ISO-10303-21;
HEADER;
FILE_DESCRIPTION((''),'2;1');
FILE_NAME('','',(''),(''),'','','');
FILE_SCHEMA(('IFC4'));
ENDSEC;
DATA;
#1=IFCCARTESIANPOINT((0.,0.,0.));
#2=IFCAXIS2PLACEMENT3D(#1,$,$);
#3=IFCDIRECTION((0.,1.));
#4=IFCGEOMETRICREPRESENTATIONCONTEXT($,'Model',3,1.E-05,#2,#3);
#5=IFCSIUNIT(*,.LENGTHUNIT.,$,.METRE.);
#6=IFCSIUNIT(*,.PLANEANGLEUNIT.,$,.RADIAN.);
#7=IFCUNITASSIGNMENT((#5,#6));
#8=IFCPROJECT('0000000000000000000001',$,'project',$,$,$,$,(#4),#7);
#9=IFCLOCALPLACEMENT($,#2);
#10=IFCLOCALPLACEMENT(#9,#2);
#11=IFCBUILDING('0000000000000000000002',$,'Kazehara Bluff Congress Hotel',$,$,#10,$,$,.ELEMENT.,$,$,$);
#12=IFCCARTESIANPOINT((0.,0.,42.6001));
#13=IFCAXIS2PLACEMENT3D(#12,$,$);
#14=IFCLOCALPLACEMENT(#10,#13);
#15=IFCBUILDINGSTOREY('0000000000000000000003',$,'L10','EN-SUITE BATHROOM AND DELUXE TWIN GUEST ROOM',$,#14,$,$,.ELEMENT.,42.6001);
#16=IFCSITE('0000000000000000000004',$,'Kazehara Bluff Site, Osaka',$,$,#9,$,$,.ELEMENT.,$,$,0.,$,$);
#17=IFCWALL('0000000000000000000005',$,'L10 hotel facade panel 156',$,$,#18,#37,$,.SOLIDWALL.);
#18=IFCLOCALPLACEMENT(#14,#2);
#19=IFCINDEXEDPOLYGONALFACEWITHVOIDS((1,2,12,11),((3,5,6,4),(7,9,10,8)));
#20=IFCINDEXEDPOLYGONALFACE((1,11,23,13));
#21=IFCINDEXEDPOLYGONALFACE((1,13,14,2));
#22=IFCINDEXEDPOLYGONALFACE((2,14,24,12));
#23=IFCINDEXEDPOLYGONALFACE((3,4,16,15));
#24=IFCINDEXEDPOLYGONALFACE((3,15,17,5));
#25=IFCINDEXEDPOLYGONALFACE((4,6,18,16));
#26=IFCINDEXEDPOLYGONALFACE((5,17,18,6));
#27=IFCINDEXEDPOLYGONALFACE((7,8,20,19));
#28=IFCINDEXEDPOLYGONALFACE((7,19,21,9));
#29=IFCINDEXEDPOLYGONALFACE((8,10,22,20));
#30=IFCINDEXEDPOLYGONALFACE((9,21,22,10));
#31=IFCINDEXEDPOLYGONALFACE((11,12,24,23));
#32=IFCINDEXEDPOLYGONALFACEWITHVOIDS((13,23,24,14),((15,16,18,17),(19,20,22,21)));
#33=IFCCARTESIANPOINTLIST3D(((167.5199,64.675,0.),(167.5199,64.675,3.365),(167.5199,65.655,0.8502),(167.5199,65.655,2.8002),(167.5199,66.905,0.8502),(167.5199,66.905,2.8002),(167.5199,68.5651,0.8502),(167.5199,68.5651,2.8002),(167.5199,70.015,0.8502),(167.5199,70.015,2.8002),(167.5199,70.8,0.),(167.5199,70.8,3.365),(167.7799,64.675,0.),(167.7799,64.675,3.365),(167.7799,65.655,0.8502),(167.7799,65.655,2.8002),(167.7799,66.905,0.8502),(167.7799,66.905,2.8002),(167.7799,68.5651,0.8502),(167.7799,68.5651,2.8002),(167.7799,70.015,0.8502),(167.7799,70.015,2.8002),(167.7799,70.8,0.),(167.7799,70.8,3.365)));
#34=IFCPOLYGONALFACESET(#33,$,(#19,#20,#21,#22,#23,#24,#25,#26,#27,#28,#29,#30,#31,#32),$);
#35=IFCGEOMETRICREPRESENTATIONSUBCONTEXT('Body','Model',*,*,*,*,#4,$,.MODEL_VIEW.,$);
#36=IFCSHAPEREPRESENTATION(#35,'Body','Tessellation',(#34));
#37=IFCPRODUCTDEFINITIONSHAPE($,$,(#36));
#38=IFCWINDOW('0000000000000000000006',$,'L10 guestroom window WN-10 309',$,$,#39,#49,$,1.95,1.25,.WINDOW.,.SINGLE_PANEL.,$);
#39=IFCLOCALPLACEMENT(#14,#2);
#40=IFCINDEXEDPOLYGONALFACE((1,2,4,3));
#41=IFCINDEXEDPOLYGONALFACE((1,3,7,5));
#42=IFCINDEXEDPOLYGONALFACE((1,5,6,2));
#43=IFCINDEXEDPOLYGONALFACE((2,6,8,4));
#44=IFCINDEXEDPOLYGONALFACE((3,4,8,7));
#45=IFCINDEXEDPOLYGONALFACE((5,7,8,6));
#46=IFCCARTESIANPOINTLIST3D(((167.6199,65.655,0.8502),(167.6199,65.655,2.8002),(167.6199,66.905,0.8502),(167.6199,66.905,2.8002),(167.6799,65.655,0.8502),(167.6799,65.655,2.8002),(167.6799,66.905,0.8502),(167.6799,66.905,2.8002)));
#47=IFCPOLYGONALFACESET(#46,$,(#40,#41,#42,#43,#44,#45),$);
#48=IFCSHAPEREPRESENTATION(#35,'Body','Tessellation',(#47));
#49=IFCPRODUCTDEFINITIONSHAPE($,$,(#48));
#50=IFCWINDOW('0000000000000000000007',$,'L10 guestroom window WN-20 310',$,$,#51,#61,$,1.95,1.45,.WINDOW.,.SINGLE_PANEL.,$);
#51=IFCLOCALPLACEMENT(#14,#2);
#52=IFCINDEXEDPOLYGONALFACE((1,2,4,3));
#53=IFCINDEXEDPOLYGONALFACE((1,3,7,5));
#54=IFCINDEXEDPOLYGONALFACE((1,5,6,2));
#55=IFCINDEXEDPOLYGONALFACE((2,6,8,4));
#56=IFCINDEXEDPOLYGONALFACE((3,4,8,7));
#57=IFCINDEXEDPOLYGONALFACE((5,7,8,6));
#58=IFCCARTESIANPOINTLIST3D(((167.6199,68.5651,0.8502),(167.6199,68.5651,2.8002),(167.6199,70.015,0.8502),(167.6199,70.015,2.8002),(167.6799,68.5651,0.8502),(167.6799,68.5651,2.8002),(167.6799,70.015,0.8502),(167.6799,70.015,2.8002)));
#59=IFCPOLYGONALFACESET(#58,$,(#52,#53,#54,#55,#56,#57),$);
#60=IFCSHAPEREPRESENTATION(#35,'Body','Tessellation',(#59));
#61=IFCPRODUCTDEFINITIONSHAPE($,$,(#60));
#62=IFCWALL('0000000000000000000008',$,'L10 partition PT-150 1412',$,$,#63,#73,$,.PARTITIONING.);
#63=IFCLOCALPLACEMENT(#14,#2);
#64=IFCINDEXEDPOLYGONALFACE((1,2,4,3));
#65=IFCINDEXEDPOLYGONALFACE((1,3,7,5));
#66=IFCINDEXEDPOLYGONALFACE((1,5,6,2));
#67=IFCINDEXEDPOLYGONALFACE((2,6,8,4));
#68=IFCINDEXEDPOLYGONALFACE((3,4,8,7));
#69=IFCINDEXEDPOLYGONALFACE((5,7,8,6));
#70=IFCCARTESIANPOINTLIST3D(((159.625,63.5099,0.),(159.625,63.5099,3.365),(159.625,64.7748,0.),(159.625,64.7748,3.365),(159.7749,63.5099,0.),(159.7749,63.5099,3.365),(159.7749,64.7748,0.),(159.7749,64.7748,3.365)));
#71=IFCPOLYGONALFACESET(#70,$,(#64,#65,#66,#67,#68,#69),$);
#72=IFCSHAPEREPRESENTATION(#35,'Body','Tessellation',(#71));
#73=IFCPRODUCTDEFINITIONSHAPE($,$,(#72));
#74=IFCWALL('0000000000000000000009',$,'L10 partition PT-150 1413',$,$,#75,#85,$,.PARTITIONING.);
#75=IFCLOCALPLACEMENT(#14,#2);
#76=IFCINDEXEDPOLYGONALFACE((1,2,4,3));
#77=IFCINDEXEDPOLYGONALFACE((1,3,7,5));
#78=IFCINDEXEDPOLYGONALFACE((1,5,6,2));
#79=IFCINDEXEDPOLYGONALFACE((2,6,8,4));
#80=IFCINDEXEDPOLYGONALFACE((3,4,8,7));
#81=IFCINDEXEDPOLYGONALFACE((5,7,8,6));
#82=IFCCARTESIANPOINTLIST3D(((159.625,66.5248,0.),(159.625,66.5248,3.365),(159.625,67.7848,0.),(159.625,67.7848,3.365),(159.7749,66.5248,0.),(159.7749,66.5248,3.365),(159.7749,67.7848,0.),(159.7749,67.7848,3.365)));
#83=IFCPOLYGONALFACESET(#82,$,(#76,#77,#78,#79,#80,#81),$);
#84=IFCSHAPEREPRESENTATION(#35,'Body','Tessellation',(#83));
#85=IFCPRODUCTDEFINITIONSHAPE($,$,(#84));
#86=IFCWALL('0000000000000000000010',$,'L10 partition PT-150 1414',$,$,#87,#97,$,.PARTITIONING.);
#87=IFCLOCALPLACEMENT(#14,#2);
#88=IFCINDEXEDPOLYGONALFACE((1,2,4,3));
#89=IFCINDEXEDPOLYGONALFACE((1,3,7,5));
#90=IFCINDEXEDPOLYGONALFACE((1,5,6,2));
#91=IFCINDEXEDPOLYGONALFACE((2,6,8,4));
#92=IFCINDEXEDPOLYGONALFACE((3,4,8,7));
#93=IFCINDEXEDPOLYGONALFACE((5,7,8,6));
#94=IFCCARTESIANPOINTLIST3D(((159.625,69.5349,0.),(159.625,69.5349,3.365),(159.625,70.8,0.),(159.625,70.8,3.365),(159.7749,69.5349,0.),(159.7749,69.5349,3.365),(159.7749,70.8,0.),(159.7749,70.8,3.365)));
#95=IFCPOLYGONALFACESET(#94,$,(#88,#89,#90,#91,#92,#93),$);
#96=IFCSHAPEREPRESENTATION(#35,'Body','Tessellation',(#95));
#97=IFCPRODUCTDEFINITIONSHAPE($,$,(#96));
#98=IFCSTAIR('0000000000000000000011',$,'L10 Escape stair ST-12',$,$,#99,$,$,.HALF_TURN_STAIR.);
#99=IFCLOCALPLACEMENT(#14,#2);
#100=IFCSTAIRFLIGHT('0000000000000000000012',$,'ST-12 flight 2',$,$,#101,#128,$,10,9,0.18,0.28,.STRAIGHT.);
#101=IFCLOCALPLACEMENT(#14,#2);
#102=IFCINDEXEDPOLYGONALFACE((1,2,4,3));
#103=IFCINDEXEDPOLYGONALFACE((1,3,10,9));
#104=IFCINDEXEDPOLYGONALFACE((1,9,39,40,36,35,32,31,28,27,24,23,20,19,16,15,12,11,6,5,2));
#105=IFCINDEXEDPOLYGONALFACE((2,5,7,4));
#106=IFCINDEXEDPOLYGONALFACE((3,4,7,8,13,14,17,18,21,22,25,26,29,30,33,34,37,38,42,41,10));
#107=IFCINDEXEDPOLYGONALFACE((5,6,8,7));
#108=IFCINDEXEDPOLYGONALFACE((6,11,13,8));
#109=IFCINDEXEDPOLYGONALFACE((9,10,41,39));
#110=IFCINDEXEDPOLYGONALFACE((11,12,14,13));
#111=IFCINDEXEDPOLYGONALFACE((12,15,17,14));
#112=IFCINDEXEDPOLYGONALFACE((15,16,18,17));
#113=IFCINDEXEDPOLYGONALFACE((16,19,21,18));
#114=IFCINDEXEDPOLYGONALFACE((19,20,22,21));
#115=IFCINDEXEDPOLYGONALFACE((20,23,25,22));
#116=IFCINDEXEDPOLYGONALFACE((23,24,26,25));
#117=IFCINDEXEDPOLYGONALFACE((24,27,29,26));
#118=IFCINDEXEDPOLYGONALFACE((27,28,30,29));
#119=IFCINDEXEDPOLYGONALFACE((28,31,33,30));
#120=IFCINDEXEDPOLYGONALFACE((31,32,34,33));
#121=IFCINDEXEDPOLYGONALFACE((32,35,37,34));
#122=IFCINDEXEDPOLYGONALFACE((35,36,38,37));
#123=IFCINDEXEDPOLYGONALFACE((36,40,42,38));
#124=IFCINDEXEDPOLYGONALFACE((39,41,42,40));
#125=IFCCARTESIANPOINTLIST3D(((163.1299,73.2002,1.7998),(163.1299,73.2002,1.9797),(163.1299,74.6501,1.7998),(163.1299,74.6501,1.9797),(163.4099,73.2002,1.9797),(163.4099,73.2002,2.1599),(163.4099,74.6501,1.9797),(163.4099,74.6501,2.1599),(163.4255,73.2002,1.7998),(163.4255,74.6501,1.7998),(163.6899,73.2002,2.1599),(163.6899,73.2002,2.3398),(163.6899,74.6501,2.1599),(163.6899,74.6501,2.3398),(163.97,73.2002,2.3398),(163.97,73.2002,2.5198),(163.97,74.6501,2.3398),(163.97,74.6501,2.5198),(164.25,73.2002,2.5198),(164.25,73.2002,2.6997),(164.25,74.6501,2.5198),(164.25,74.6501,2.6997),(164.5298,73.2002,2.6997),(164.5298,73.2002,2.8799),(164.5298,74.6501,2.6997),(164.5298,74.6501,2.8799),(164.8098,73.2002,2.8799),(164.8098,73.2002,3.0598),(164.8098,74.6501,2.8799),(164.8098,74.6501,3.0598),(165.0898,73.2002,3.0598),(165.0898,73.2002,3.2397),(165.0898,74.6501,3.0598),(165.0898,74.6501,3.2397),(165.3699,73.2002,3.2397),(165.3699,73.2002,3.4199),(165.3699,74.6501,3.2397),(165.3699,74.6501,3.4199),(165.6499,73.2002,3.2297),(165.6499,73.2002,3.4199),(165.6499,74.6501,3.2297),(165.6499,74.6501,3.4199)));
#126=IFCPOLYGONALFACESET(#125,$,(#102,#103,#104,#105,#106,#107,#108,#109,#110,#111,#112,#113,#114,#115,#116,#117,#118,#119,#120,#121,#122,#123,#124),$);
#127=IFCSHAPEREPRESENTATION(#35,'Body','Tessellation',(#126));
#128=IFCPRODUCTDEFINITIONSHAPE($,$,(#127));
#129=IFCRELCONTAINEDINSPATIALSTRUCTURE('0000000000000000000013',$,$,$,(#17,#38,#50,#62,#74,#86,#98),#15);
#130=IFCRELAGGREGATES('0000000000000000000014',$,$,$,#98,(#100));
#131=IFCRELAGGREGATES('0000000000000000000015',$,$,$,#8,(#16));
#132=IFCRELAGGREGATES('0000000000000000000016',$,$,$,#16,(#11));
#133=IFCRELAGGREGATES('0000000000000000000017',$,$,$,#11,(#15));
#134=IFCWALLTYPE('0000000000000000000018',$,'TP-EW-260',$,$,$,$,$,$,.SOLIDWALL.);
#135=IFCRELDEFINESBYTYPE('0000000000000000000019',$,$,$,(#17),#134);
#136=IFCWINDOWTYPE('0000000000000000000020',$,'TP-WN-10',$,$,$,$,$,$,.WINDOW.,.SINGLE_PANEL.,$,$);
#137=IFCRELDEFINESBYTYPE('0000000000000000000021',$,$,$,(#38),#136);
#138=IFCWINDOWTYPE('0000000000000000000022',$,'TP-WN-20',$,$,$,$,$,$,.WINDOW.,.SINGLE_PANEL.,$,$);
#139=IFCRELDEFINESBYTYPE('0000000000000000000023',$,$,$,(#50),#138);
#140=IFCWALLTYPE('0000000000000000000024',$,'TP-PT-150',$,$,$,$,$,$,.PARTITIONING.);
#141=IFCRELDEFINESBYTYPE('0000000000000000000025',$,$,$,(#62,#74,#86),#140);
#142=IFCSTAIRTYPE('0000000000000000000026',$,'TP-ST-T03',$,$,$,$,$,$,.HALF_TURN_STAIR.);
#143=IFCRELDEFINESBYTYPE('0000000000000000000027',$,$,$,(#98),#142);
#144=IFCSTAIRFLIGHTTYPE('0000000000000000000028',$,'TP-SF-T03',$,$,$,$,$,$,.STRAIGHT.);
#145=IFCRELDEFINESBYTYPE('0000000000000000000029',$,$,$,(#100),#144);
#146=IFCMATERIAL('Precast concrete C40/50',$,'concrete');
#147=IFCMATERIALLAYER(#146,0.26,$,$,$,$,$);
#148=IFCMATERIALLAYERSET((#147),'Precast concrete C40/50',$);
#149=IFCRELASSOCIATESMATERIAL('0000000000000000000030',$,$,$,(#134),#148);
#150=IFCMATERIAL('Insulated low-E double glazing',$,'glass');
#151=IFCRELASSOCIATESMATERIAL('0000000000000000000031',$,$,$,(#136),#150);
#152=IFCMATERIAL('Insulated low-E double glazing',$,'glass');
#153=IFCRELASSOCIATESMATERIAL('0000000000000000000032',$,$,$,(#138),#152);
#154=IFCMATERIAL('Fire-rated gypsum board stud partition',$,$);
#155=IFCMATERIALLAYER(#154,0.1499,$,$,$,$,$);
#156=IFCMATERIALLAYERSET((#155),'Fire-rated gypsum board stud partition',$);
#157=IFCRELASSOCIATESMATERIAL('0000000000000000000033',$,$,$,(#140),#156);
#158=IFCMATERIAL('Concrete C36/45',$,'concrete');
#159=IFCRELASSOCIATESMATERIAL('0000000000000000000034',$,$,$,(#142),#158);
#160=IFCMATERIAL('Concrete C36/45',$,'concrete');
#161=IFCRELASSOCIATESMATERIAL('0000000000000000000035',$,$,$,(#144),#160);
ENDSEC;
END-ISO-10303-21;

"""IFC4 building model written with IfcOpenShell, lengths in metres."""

from ifc_helpers import new_model, si_unit, direction, frame, frame_2d, origin, place, context, subcontext, project, spatial, polyline, rectangle, outline, extrude, material, layer, layer_set, type_object, element, fill, aggregate, save


model = new_model("IFC4")

# Units and contexts
model_context = context("Model", 3, precision=1e-05, world=origin(), true_north=direction((0.0, 1.0)))
body_context = subcontext(model_context, "Body", "Model", "MODEL_VIEW")
ifc_project = project(units=[si_unit("LENGTHUNIT", "METRE"), si_unit("PLANEANGLEUNIT", "RADIAN")], contexts=[model_context])

# Site, building, storey
site_placement = place(None, origin())
site = spatial("IfcSite", under=ifc_project, at=site_placement, Name="Kazehara Bluff Site, Osaka", CompositionType="ELEMENT", RefElevation=0.0)
building_placement = place(site_placement, origin())
building = spatial("IfcBuilding", under=site, at=building_placement, Name="Kazehara Bluff Congress Hotel", CompositionType="ELEMENT")
storey_placement = place(building_placement, frame((0.0, 0.0, 42.6001)))
storey = spatial("IfcBuildingStorey", under=building, at=storey_placement, Name="L10", Description="EN-SUITE BATHROOM AND DELUXE TWIN GUEST ROOM", CompositionType="ELEMENT", Elevation=42.6001)

# Wall, openings, windows
ifc_material_1 = material(Name="Precast concrete C40/50", Category="concrete")
ifc_layer_1 = layer(ifc_material_1, 0.26)
ifc_layer_set_1 = layer_set([ifc_layer_1], Name="Precast concrete C40/50")
wall_type_1 = type_object("IfcWallType", Name="TP-EW-260", PredefinedType="SOLIDWALL", material=ifc_layer_set_1)
wall_1_placement = place(storey_placement, frame((167.6499, 70.8, 0.0), z_axis=(0.0, 0.0, 1.0), x_axis=(0.0, -1.0, 0.0)))
wall_1 = element("IfcWall", 1, at=wall_1_placement, inside=storey, type_object=wall_type_1, Name="L10 hotel facade panel 156", PredefinedType="SOLIDWALL", context=body_context, shape_type="SweptSolid", body=[
    extrude(rectangle(XDim=6.125, YDim=0.26, at=frame_2d((3.0625, 0.0))), origin(), (0.0, 0.0, 1.0), 3.365),
])
opening_1_placement = place(wall_1_placement, frame((3.895, 0.0, 0.8501)))
opening_1 = element("IfcOpeningElement", 2, at=opening_1_placement, cuts=wall_1, PredefinedType="OPENING", context=body_context, shape_type="SweptSolid", body=[
    extrude(rectangle(XDim=1.25, YDim=1.95, at=frame_2d((0.625, 0.9751))), frame((0.0, 0.1399, 0.0), z_axis=(0.0, -1.0, 0.0), x_axis=(1.0, 0.0, 0.0)), (0.0, 0.0, 1.0), 0.28),
])
opening_2_placement = place(wall_1_placement, frame((0.7849, 0.0, 0.8501)))
opening_2 = element("IfcOpeningElement", 3, at=opening_2_placement, cuts=wall_1, PredefinedType="OPENING", context=body_context, shape_type="SweptSolid", body=[
    extrude(rectangle(XDim=1.45, YDim=1.95, at=frame_2d((0.7251, 0.9751))), frame((0.0, 0.1399, 0.0), z_axis=(0.0, -1.0, 0.0), x_axis=(1.0, 0.0, 0.0)), (0.0, 0.0, 1.0), 0.28),
])
ifc_material_2 = material(Name="Insulated low-E double glazing", Category="glass")
window_type_1 = type_object("IfcWindowType", Name="TP-WN-10", PartitioningType="SINGLE_PANEL", PredefinedType="WINDOW", material=ifc_material_2)
window_1_placement = place(opening_1_placement, origin())
window_1 = element("IfcWindow", 4, at=window_1_placement, inside=storey, type_object=window_type_1, Name="L10 guestroom window WN-10 309", OverallHeight=1.95, OverallWidth=1.25, PartitioningType="SINGLE_PANEL", PredefinedType="WINDOW", context=body_context, shape_type="SweptSolid", body=[
    extrude(rectangle(XDim=1.25, YDim=1.95, at=frame_2d((0.625, 0.9751))), frame((0.0, 0.03, 0.0), z_axis=(0.0, -1.0, 0.0), x_axis=(1.0, 0.0, 0.0)), (0.0, 0.0, 1.0), 0.0601),
])
fill(opening_1, window_1)
ifc_material_3 = material(Name="Insulated low-E double glazing", Category="glass")
window_type_2 = type_object("IfcWindowType", Name="TP-WN-20", PartitioningType="SINGLE_PANEL", PredefinedType="WINDOW", material=ifc_material_3)
window_2_placement = place(opening_2_placement, origin())
window_2 = element("IfcWindow", 5, at=window_2_placement, inside=storey, type_object=window_type_2, Name="L10 guestroom window WN-20 310", OverallHeight=1.95, OverallWidth=1.45, PartitioningType="SINGLE_PANEL", PredefinedType="WINDOW", context=body_context, shape_type="SweptSolid", body=[
    extrude(rectangle(XDim=1.45, YDim=1.95, at=frame_2d((0.7251, 0.9751))), frame((0.0, 0.03, 0.0), z_axis=(0.0, -1.0, 0.0), x_axis=(1.0, 0.0, 0.0)), (0.0, 0.0, 1.0), 0.0601),
])
fill(opening_2, window_2)

# Walls
ifc_material_4 = material(Name="Fire-rated gypsum board stud partition")
ifc_layer_2 = layer(ifc_material_4, 0.1499)
ifc_layer_set_2 = layer_set([ifc_layer_2], Name="Fire-rated gypsum board stud partition")
wall_type_2 = type_object("IfcWallType", Name="TP-PT-150", PredefinedType="PARTITIONING", material=ifc_layer_set_2)
wall_2_placement = place(storey_placement, frame((159.7, 63.51, 0.0), z_axis=(0.0, 0.0, 1.0), x_axis=(0.0, 1.0, 0.0)))
element("IfcWall", 6, at=wall_2_placement, inside=storey, type_object=wall_type_2, Name="L10 partition PT-150 1412", PredefinedType="PARTITIONING", context=body_context, shape_type="SweptSolid", body=[
    extrude(rectangle(XDim=1.2649, YDim=0.1499, at=frame_2d((0.6323, 0.0))), origin(), (0.0, 0.0, 1.0), 3.365),
])
wall_3_placement = place(storey_placement, frame((159.7, 66.5249, 0.0), z_axis=(0.0, 0.0, 1.0), x_axis=(0.0, 1.0, 0.0)))
element("IfcWall", 7, at=wall_3_placement, inside=storey, type_object=wall_type_2, Name="L10 partition PT-150 1413", PredefinedType="PARTITIONING", context=body_context, shape_type="SweptSolid", body=[
    extrude(rectangle(XDim=1.26, YDim=0.1499, at=frame_2d((0.6299, 0.0))), origin(), (0.0, 0.0, 1.0), 3.365),
])
wall_4_placement = place(storey_placement, frame((159.7, 69.5349, 0.0), z_axis=(0.0, 0.0, 1.0), x_axis=(0.0, 1.0, 0.0)))
element("IfcWall", 8, at=wall_4_placement, inside=storey, type_object=wall_type_2, Name="L10 partition PT-150 1414", PredefinedType="PARTITIONING", context=body_context, shape_type="SweptSolid", body=[
    extrude(rectangle(XDim=1.2651, YDim=0.1499, at=frame_2d((0.6326, 0.0))), origin(), (0.0, 0.0, 1.0), 3.365),
])

# Stair, stair flight
ifc_material_5 = material(Name="Concrete C36/45", Category="concrete")
stair_type = type_object("IfcStairType", Name="TP-ST-T03", PredefinedType="HALF_TURN_STAIR", material=ifc_material_5)
stair_placement = place(storey_placement, origin())
stair = element("IfcStair", 9, at=stair_placement, inside=storey, type_object=stair_type, Name="L10 Escape stair ST-12", PredefinedType="HALF_TURN_STAIR")
ifc_material_6 = material(Name="Concrete C36/45", Category="concrete")
stair_flight_type = type_object("IfcStairFlightType", Name="TP-SF-T03", PredefinedType="STRAIGHT", material=ifc_material_6)
stair_flight_placement = place(storey_placement, frame((163.1299, 73.925, 1.7998), z_axis=(0.0, 0.0, 1.0), x_axis=(1.0, 0.0, 0.0)))
stair_flight = element("IfcStairFlight", 10, at=stair_flight_placement, type_object=stair_flight_type, Name="ST-12 flight 2", NumberOfRisers=10, NumberOfTreads=9, PredefinedType="STRAIGHT", RiserHeight=0.18, TreadLength=0.28, context=body_context, shape_type="SweptSolid", body=[
    extrude(outline(polyline([(0.0, 0.0), (0.0, 0.1799), (0.28, 0.1799), (0.28, 0.3601), (0.5601, 0.3601), (0.5601, 0.54), (0.8401, 0.54), (0.8401, 0.72), (1.1201, 0.72), (1.1201, 0.8999), (1.3999, 0.8999), (1.3999, 1.0801), (1.6799, 1.0801), (1.6799, 1.26), (1.96, 1.26), (1.96, 1.4399), (2.24, 1.4399), (2.24, 1.6201), (2.52, 1.6201), (2.52, 1.8), (2.52, 1.4299), (0.2957, 0.0), (0.0, 0.0)])), frame((0.0, 0.7251, 0.0), z_axis=(0.0, -1.0, 0.0), x_axis=(1.0, 0.0, 0.0)), (0.0, 0.0, 1.0), 1.45),
])
aggregate(stair, [stair_flight])

save(model, "model.ifc")
